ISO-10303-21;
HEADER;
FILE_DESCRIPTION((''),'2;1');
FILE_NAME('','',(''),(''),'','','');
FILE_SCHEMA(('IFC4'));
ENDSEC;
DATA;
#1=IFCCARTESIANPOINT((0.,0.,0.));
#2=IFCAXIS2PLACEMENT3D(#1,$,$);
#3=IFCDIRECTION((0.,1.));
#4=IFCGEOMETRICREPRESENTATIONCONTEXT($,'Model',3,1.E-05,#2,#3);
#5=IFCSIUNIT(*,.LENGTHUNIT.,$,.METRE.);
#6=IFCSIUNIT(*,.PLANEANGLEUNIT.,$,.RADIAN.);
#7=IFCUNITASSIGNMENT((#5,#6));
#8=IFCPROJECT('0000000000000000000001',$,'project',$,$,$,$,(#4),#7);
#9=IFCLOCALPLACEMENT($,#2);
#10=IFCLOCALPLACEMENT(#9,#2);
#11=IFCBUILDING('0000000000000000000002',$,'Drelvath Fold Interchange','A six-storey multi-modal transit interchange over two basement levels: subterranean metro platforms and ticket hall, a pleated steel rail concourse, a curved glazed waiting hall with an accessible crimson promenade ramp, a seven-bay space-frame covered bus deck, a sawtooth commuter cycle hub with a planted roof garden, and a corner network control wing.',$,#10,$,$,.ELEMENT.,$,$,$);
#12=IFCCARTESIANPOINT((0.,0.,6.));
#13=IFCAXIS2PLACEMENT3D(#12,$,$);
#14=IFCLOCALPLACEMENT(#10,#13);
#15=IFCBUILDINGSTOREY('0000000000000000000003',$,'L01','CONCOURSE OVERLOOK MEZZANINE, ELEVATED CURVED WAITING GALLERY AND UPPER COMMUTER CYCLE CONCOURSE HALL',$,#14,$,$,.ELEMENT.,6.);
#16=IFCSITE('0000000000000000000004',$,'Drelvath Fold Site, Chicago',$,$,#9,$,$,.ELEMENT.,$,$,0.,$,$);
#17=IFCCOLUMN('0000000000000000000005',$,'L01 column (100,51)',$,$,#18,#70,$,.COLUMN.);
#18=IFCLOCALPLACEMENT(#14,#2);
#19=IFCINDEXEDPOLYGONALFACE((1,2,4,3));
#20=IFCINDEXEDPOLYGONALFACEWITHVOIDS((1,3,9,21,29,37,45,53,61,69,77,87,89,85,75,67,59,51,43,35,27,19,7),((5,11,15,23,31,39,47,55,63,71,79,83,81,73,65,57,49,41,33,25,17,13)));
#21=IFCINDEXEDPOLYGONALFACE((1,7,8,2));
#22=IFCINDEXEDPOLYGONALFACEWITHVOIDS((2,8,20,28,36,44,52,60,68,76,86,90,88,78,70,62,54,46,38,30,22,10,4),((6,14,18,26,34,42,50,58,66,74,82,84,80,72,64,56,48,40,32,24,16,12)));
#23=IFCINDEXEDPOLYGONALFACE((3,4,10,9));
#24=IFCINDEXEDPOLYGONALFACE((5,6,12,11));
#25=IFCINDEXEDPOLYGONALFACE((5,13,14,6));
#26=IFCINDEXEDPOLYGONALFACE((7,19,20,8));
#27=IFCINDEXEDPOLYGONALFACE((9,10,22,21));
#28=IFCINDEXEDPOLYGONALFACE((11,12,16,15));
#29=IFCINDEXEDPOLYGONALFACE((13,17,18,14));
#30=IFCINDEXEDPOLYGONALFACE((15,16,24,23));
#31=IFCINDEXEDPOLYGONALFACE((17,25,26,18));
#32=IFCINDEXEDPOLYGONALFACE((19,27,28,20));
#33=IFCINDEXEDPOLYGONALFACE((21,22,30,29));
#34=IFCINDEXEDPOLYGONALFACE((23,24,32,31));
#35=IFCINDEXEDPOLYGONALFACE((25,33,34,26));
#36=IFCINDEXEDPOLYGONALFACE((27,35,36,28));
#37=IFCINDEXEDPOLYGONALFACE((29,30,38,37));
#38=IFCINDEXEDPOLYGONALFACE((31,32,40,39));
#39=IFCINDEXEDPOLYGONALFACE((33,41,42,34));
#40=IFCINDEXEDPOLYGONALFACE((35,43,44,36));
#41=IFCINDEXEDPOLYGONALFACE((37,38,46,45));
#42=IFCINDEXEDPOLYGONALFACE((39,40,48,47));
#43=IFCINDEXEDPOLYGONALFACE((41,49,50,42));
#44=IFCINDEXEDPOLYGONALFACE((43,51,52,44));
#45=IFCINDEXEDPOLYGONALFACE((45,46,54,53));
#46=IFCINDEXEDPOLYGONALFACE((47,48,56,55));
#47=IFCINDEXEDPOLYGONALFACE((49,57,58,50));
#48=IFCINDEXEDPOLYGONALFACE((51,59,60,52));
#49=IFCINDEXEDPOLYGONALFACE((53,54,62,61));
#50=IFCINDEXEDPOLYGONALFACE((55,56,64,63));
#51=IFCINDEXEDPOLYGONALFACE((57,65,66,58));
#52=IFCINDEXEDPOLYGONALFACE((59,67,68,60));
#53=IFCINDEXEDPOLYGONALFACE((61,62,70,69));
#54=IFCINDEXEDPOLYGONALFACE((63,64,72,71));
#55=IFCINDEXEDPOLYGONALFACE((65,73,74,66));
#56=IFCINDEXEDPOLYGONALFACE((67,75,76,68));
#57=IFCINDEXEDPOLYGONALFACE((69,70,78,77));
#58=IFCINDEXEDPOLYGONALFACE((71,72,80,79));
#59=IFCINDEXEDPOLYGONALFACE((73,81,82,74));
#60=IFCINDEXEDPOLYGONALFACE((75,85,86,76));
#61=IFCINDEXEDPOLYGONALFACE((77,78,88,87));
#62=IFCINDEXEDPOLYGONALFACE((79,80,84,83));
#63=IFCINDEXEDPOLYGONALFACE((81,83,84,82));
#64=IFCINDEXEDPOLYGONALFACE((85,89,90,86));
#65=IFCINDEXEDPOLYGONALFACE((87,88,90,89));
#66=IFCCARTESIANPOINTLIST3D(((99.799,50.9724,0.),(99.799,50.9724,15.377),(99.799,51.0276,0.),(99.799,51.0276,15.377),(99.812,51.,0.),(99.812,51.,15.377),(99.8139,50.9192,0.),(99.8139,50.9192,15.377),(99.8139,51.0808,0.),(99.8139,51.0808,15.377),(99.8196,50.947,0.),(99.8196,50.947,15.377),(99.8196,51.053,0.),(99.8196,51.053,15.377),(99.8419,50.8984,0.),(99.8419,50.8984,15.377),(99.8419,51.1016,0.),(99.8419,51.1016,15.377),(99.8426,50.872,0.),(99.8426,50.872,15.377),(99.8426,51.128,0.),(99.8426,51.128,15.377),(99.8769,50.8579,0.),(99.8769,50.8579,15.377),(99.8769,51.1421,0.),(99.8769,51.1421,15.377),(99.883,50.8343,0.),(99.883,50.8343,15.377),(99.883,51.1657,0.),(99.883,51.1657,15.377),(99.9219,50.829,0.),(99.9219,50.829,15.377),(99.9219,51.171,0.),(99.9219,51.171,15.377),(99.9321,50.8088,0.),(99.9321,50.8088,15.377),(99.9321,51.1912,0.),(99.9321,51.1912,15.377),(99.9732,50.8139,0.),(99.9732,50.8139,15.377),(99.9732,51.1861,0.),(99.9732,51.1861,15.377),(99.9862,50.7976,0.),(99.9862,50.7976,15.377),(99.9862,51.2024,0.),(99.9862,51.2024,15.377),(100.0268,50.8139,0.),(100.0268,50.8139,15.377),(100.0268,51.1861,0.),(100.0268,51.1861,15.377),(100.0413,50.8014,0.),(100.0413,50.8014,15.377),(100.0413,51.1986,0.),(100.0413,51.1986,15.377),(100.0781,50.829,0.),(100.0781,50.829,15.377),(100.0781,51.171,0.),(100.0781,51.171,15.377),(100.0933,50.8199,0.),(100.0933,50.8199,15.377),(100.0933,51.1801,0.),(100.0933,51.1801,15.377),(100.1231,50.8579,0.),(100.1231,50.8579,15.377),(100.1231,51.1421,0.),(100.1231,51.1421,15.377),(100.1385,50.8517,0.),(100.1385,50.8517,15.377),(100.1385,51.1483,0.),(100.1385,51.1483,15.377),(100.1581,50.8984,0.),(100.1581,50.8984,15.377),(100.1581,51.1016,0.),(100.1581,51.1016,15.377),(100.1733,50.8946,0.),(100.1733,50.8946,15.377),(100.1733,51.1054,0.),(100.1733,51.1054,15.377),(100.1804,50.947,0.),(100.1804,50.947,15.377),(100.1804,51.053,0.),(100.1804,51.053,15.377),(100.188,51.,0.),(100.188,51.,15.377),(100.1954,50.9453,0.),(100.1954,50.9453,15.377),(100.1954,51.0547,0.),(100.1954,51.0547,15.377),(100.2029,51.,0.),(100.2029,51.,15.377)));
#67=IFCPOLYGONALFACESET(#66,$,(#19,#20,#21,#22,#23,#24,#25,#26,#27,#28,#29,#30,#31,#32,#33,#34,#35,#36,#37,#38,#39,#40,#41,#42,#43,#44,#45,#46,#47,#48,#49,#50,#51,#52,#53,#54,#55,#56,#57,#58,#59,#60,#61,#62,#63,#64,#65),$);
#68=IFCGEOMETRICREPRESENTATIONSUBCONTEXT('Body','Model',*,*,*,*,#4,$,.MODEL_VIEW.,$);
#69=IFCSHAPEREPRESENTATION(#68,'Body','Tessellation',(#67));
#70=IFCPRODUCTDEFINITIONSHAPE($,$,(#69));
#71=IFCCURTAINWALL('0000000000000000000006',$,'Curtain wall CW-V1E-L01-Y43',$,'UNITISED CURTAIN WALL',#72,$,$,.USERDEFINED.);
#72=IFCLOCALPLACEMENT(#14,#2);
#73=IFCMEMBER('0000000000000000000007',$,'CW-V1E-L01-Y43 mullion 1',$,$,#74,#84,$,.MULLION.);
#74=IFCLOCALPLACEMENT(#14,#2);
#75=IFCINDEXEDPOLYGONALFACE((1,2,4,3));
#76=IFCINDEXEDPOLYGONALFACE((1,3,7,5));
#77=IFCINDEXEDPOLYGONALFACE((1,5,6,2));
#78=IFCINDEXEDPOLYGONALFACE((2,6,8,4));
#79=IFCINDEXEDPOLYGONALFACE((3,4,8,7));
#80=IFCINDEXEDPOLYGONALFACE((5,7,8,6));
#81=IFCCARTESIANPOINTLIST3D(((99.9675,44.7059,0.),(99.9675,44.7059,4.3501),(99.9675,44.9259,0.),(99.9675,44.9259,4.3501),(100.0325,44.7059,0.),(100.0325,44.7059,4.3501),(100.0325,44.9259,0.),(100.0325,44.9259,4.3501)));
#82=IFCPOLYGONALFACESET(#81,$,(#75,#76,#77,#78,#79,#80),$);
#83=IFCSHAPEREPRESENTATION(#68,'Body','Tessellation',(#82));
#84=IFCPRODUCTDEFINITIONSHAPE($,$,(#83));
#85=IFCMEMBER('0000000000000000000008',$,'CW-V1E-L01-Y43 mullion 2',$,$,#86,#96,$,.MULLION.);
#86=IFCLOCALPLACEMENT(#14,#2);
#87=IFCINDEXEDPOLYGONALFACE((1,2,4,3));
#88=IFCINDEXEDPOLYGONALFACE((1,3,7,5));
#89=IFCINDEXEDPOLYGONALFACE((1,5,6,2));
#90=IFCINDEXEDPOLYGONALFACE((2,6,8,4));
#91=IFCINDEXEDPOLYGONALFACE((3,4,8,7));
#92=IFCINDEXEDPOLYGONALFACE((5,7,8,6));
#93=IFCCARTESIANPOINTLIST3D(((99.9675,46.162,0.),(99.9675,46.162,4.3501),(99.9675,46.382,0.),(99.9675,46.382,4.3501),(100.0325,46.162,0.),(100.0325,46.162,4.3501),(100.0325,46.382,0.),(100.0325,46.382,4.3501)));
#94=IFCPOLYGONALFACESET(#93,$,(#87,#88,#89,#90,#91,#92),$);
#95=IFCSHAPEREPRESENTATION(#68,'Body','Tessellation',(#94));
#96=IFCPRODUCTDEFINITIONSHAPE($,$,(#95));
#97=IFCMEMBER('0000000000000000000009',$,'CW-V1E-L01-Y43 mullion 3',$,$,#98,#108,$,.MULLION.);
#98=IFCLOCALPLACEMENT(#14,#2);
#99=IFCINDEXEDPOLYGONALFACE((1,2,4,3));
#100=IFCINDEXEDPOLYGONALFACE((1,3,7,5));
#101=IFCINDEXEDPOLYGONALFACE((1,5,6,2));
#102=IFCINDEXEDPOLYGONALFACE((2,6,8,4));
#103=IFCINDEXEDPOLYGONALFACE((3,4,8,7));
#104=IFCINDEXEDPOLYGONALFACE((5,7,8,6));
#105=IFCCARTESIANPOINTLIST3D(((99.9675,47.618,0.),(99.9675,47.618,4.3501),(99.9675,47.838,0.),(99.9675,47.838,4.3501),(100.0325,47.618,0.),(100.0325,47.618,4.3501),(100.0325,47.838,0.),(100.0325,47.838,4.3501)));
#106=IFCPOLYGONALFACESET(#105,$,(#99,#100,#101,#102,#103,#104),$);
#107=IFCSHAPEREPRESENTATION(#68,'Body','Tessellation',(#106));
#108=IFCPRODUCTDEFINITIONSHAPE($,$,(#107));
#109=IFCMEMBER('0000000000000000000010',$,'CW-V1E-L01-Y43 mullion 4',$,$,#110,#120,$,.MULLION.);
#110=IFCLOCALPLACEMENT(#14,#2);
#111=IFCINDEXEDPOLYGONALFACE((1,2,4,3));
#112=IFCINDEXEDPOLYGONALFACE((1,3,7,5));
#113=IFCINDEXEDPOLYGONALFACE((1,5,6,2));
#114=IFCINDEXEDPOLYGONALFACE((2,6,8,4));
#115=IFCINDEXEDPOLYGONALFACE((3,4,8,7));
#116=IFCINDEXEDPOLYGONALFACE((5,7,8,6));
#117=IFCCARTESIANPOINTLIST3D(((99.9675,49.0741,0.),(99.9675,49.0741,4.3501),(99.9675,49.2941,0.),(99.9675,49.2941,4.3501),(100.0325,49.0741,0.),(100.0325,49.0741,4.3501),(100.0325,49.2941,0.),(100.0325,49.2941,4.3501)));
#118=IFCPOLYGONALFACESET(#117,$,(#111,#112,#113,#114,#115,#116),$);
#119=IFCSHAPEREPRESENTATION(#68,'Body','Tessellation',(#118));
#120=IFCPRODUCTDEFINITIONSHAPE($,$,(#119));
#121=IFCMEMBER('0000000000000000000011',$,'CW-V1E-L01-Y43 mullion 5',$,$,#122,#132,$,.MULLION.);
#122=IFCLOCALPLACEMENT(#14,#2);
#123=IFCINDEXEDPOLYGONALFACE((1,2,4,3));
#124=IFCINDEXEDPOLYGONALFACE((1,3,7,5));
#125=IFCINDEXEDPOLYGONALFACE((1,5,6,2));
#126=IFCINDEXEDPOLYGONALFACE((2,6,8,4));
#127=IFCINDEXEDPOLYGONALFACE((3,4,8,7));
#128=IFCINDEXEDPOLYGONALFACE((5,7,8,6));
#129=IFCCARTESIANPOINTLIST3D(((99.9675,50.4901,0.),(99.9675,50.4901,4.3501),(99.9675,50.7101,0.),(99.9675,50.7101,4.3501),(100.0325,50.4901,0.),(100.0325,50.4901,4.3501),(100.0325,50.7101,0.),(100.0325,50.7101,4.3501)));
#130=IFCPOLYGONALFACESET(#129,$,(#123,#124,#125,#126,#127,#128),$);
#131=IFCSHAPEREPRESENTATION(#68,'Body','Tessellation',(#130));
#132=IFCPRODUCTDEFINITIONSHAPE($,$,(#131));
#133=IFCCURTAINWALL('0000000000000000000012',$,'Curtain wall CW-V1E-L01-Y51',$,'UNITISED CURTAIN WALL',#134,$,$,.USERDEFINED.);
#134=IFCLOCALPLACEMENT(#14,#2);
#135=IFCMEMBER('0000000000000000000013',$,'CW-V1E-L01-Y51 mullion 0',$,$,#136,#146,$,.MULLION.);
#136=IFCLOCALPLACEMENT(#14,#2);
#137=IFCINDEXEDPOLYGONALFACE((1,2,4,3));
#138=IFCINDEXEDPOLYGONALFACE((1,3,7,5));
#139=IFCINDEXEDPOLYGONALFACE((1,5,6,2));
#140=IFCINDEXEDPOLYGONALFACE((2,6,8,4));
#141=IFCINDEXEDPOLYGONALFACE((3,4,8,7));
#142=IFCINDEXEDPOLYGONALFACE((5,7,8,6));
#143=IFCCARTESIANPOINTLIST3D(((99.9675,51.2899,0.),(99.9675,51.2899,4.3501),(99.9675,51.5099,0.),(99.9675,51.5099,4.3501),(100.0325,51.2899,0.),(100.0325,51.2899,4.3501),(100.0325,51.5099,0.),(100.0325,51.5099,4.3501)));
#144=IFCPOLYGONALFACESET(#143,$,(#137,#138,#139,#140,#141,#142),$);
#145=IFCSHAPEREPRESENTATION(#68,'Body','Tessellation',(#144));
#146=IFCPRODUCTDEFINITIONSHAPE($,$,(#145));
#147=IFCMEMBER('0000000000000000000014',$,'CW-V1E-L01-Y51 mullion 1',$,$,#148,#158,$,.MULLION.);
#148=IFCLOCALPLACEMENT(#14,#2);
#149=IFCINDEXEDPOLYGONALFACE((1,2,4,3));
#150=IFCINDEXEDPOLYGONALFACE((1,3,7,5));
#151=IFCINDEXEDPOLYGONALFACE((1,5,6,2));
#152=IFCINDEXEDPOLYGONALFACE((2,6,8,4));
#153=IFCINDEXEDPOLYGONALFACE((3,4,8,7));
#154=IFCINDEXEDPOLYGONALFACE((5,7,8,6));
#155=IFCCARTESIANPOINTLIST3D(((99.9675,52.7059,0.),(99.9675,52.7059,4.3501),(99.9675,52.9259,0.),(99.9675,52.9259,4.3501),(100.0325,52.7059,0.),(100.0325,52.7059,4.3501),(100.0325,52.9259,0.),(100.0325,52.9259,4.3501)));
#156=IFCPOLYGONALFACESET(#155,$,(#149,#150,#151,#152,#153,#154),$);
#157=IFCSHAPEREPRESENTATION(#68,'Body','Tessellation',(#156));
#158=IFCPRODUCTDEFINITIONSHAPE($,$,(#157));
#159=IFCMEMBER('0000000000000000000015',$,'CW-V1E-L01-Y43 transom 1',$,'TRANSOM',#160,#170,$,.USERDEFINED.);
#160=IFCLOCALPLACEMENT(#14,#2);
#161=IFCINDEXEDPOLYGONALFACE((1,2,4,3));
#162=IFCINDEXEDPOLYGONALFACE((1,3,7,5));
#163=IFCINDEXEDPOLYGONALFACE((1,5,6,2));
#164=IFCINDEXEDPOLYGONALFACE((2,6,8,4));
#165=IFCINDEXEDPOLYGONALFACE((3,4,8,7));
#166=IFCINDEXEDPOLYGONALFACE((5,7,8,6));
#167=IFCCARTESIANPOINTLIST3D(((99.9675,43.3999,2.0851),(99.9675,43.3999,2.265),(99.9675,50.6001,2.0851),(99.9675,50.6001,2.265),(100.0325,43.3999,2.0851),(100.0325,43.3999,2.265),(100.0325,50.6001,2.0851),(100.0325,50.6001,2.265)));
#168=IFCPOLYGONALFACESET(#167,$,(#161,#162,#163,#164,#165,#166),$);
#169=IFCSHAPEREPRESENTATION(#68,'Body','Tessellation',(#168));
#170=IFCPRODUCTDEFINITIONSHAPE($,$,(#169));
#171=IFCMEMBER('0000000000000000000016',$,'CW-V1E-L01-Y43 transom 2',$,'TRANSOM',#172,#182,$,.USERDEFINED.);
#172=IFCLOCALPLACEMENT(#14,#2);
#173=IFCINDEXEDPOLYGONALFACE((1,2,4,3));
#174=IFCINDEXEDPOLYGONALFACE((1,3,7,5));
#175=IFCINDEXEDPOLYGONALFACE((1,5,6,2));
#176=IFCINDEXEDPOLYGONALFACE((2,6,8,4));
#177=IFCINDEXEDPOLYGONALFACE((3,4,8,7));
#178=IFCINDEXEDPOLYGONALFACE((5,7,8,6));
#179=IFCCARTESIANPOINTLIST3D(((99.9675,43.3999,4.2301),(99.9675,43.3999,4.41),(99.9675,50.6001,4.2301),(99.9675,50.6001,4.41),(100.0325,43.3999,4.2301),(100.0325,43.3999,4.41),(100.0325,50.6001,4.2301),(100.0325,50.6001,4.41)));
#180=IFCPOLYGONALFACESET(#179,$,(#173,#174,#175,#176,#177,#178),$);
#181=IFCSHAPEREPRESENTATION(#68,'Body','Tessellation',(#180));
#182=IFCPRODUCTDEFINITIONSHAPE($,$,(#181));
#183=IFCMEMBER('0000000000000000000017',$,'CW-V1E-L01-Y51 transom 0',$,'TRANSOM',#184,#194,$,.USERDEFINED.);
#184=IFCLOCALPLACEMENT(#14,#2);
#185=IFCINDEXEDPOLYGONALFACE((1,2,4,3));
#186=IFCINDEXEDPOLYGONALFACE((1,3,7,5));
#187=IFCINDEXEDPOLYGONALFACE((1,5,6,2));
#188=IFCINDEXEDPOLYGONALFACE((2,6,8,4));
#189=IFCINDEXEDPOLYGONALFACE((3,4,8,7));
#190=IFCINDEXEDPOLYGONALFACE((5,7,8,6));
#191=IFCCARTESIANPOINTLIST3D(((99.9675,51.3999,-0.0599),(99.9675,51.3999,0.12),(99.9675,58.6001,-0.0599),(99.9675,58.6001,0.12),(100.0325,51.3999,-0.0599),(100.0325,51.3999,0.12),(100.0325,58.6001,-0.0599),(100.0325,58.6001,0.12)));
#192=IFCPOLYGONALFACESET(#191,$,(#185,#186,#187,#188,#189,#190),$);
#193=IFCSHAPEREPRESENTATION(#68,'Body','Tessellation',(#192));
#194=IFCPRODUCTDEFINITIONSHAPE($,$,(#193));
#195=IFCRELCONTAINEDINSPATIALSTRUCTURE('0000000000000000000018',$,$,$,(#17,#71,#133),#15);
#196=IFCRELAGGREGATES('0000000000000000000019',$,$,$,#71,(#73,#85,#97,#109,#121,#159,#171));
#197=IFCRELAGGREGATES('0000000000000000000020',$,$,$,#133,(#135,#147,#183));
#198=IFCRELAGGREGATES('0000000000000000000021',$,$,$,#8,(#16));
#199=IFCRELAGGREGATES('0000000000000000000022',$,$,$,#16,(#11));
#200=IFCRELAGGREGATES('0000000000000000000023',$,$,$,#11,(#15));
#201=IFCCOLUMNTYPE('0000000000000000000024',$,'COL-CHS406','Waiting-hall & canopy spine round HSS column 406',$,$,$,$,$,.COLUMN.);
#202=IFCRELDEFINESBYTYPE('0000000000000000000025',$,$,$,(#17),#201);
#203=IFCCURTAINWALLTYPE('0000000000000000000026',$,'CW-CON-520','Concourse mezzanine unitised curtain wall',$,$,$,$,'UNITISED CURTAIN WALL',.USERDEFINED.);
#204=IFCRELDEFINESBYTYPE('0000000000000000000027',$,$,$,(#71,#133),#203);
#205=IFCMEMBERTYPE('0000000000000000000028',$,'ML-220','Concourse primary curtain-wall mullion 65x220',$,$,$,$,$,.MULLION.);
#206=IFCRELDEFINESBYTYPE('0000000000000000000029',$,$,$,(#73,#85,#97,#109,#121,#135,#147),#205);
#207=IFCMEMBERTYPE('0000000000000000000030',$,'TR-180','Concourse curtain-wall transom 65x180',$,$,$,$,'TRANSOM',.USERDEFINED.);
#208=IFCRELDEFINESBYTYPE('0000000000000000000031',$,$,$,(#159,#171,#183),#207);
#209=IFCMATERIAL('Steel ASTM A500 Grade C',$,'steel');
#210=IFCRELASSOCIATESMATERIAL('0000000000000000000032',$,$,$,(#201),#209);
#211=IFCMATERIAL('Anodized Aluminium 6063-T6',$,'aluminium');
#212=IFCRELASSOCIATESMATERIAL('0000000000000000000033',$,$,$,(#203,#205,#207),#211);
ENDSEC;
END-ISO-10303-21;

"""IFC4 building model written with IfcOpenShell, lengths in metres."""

from ifc_helpers import new_model, si_unit, direction, frame, origin, origin_2d, place, context, subcontext, project, spatial, rectangle, hollow_circle, extrude, material, material_profile, profile_set, type_object, element, aggregate, save


model = new_model("IFC4")

# Units and contexts
model_context = context("Model", 3, precision=1e-05, world=origin(), true_north=direction((0.0, 1.0)))
body_context = subcontext(model_context, "Body", "Model", "MODEL_VIEW")
ifc_project = project(units=[si_unit("LENGTHUNIT", "METRE"), si_unit("PLANEANGLEUNIT", "RADIAN")], contexts=[model_context])

# Site, building, storey
site_placement = place(None, origin())
site = spatial("IfcSite", under=ifc_project, at=site_placement, Name="Drelvath Fold Site, Chicago", CompositionType="ELEMENT", RefElevation=0.0)
building_placement = place(site_placement, origin())
building = spatial("IfcBuilding", under=site, at=building_placement, Name="Drelvath Fold Interchange", Description="A six-storey multi-modal transit interchange over two basement levels: subterranean metro platforms and ticket hall, a pleated steel rail concourse, a curved glazed waiting hall with an accessible crimson promenade ramp, a seven-bay space-frame covered bus deck, a sawtooth commuter cycle hub with a planted roof garden, and a corner network control wing.", CompositionType="ELEMENT")
storey_placement = place(building_placement, frame((0.0, 0.0, 6.0)))
storey = spatial("IfcBuildingStorey", under=building, at=storey_placement, Name="L01", Description="CONCOURSE OVERLOOK MEZZANINE, ELEVATED CURVED WAITING GALLERY AND UPPER COMMUTER CYCLE CONCOURSE HALL", CompositionType="ELEMENT", Elevation=6.0)

# Column
ifc_material_1 = material(Name="Steel ASTM A500 Grade C", Category="steel")
ifc_material_profile_1 = material_profile(ifc_material_1, hollow_circle(Radius=0.2029, WallThickness=0.0149, at=origin_2d()), Name="HSS16.000X0.625")
ifc_profile_set_1 = profile_set([ifc_material_profile_1], Name="Steel ASTM A500 Grade C")
column_type = type_object("IfcColumnType", Name="COL-CHS406", Description="Waiting-hall & canopy spine round HSS column 406", PredefinedType="COLUMN", material=ifc_profile_set_1)
column_placement = place(storey_placement, frame((100.0, 51.0, 0.0), z_axis=(0.0, 0.0, 1.0), x_axis=(1.0, 0.0, 0.0)))
element("IfcColumn", 1, at=column_placement, inside=storey, type_object=column_type, Name="L01 column (100,51)", PredefinedType="COLUMN", context=body_context, shape_type="SweptSolid", body=[
    extrude(hollow_circle(Radius=0.2029, WallThickness=0.0149, at=origin_2d()), origin(), (0.0, 0.0, 1.0), 15.377),
])

# Curtain walls, members
ifc_material_2 = material(Name="Anodized Aluminium 6063-T6", Category="aluminium")
curtain_wall_type = type_object("IfcCurtainWallType", Name="CW-CON-520", Description="Concourse mezzanine unitised curtain wall", ElementType="UNITISED CURTAIN WALL", PredefinedType="USERDEFINED", material=ifc_material_2)
curtain_wall_1_placement = place(storey_placement, origin())
curtain_wall_1 = element("IfcCurtainWall", 2, at=curtain_wall_1_placement, inside=storey, type_object=curtain_wall_type, Name="Curtain wall CW-V1E-L01-Y43", ObjectType="UNITISED CURTAIN WALL", PredefinedType="USERDEFINED")
ifc_material_profile_2 = material_profile(ifc_material_2, rectangle(XDim=0.0649, YDim=0.22, at=origin_2d()), Name="AL-M 65x220")
ifc_profile_set_2 = profile_set([ifc_material_profile_2], Name="Anodized Aluminium 6063-T6")
member_type_1 = type_object("IfcMemberType", Name="ML-220", Description="Concourse primary curtain-wall mullion 65x220", PredefinedType="MULLION", material=ifc_profile_set_2)
member_1_placement = place(storey_placement, frame((100.0, 44.8159, 0.0), z_axis=(0.0, 0.0, 1.0), x_axis=(1.0, 0.0, 0.0)))
member_1 = element("IfcMember", 3, at=member_1_placement, type_object=member_type_1, Name="CW-V1E-L01-Y43 mullion 1", PredefinedType="MULLION", context=body_context, shape_type="SweptSolid", body=[
    extrude(rectangle(XDim=0.0649, YDim=0.22, at=origin_2d()), origin(), (0.0, 0.0, 1.0), 4.3501),
])
member_2_placement = place(storey_placement, frame((100.0, 46.272, 0.0), z_axis=(0.0, 0.0, 1.0), x_axis=(1.0, 0.0, 0.0)))
member_2 = element("IfcMember", 4, at=member_2_placement, type_object=member_type_1, Name="CW-V1E-L01-Y43 mullion 2", PredefinedType="MULLION", context=body_context, shape_type="SweptSolid", body=[
    extrude(rectangle(XDim=0.0649, YDim=0.22, at=origin_2d()), origin(), (0.0, 0.0, 1.0), 4.3501),
])
member_3_placement = place(storey_placement, frame((100.0, 47.728, 0.0), z_axis=(0.0, 0.0, 1.0), x_axis=(1.0, 0.0, 0.0)))
member_3 = element("IfcMember", 5, at=member_3_placement, type_object=member_type_1, Name="CW-V1E-L01-Y43 mullion 3", PredefinedType="MULLION", context=body_context, shape_type="SweptSolid", body=[
    extrude(rectangle(XDim=0.0649, YDim=0.22, at=origin_2d()), origin(), (0.0, 0.0, 1.0), 4.3501),
])
member_4_placement = place(storey_placement, frame((100.0, 49.1841, 0.0), z_axis=(0.0, 0.0, 1.0), x_axis=(1.0, 0.0, 0.0)))
member_4 = element("IfcMember", 6, at=member_4_placement, type_object=member_type_1, Name="CW-V1E-L01-Y43 mullion 4", PredefinedType="MULLION", context=body_context, shape_type="SweptSolid", body=[
    extrude(rectangle(XDim=0.0649, YDim=0.22, at=origin_2d()), origin(), (0.0, 0.0, 1.0), 4.3501),
])
member_5_placement = place(storey_placement, frame((100.0, 50.6001, 0.0), z_axis=(0.0, 0.0, 1.0), x_axis=(1.0, 0.0, 0.0)))
member_5 = element("IfcMember", 7, at=member_5_placement, type_object=member_type_1, Name="CW-V1E-L01-Y43 mullion 5", PredefinedType="MULLION", context=body_context, shape_type="SweptSolid", body=[
    extrude(rectangle(XDim=0.0649, YDim=0.22, at=origin_2d()), origin(), (0.0, 0.0, 1.0), 4.3501),
])
curtain_wall_2_placement = place(storey_placement, origin())
curtain_wall_2 = element("IfcCurtainWall", 8, at=curtain_wall_2_placement, inside=storey, type_object=curtain_wall_type, Name="Curtain wall CW-V1E-L01-Y51", ObjectType="UNITISED CURTAIN WALL", PredefinedType="USERDEFINED")
member_6_placement = place(storey_placement, frame((100.0, 51.3999, 0.0), z_axis=(0.0, 0.0, 1.0), x_axis=(1.0, 0.0, 0.0)))
member_6 = element("IfcMember", 9, at=member_6_placement, type_object=member_type_1, Name="CW-V1E-L01-Y51 mullion 0", PredefinedType="MULLION", context=body_context, shape_type="SweptSolid", body=[
    extrude(rectangle(XDim=0.0649, YDim=0.22, at=origin_2d()), origin(), (0.0, 0.0, 1.0), 4.3501),
])
member_7_placement = place(storey_placement, frame((100.0, 52.8159, 0.0), z_axis=(0.0, 0.0, 1.0), x_axis=(1.0, 0.0, 0.0)))
member_7 = element("IfcMember", 10, at=member_7_placement, type_object=member_type_1, Name="CW-V1E-L01-Y51 mullion 1", PredefinedType="MULLION", context=body_context, shape_type="SweptSolid", body=[
    extrude(rectangle(XDim=0.0649, YDim=0.22, at=origin_2d()), origin(), (0.0, 0.0, 1.0), 4.3501),
])

# Members
ifc_material_profile_3 = material_profile(ifc_material_2, rectangle(XDim=0.0649, YDim=0.1799, at=origin_2d()), Name="AL-T 65x180")
ifc_profile_set_3 = profile_set([ifc_material_profile_3], Name="Anodized Aluminium 6063-T6")
member_type_2 = type_object("IfcMemberType", Name="TR-180", Description="Concourse curtain-wall transom 65x180", ElementType="TRANSOM", PredefinedType="USERDEFINED", material=ifc_profile_set_3)
member_8_placement = place(storey_placement, frame((100.0, 43.3999, 2.175), z_axis=(0.0, 1.0, 0.0), x_axis=(-1.0, 0.0, 0.0)))
member_8 = element("IfcMember", 11, at=member_8_placement, type_object=member_type_2, Name="CW-V1E-L01-Y43 transom 1", ObjectType="TRANSOM", PredefinedType="USERDEFINED", context=body_context, shape_type="SweptSolid", body=[
    extrude(rectangle(XDim=0.0649, YDim=0.1799, at=origin_2d()), origin(), (0.0, 0.0, 1.0), 7.2002),
])
member_9_placement = place(storey_placement, frame((100.0, 43.3999, 4.3201), z_axis=(0.0, 1.0, 0.0), x_axis=(-1.0, 0.0, 0.0)))
member_9 = element("IfcMember", 12, at=member_9_placement, type_object=member_type_2, Name="CW-V1E-L01-Y43 transom 2", ObjectType="TRANSOM", PredefinedType="USERDEFINED", context=body_context, shape_type="SweptSolid", body=[
    extrude(rectangle(XDim=0.0649, YDim=0.1799, at=origin_2d()), origin(), (0.0, 0.0, 1.0), 7.2002),
])
member_10_placement = place(storey_placement, frame((100.0, 51.3999, 0.03), z_axis=(0.0, 1.0, 0.0), x_axis=(-1.0, 0.0, 0.0)))
member_10 = element("IfcMember", 13, at=member_10_placement, type_object=member_type_2, Name="CW-V1E-L01-Y51 transom 0", ObjectType="TRANSOM", PredefinedType="USERDEFINED", context=body_context, shape_type="SweptSolid", body=[
    extrude(rectangle(XDim=0.0649, YDim=0.1799, at=origin_2d()), origin(), (0.0, 0.0, 1.0), 7.2002),
])

aggregate(curtain_wall_1, [member_1, member_2, member_3, member_4, member_5, member_8, member_9])
aggregate(curtain_wall_2, [member_6, member_7, member_10])

save(model, "model.ifc")
